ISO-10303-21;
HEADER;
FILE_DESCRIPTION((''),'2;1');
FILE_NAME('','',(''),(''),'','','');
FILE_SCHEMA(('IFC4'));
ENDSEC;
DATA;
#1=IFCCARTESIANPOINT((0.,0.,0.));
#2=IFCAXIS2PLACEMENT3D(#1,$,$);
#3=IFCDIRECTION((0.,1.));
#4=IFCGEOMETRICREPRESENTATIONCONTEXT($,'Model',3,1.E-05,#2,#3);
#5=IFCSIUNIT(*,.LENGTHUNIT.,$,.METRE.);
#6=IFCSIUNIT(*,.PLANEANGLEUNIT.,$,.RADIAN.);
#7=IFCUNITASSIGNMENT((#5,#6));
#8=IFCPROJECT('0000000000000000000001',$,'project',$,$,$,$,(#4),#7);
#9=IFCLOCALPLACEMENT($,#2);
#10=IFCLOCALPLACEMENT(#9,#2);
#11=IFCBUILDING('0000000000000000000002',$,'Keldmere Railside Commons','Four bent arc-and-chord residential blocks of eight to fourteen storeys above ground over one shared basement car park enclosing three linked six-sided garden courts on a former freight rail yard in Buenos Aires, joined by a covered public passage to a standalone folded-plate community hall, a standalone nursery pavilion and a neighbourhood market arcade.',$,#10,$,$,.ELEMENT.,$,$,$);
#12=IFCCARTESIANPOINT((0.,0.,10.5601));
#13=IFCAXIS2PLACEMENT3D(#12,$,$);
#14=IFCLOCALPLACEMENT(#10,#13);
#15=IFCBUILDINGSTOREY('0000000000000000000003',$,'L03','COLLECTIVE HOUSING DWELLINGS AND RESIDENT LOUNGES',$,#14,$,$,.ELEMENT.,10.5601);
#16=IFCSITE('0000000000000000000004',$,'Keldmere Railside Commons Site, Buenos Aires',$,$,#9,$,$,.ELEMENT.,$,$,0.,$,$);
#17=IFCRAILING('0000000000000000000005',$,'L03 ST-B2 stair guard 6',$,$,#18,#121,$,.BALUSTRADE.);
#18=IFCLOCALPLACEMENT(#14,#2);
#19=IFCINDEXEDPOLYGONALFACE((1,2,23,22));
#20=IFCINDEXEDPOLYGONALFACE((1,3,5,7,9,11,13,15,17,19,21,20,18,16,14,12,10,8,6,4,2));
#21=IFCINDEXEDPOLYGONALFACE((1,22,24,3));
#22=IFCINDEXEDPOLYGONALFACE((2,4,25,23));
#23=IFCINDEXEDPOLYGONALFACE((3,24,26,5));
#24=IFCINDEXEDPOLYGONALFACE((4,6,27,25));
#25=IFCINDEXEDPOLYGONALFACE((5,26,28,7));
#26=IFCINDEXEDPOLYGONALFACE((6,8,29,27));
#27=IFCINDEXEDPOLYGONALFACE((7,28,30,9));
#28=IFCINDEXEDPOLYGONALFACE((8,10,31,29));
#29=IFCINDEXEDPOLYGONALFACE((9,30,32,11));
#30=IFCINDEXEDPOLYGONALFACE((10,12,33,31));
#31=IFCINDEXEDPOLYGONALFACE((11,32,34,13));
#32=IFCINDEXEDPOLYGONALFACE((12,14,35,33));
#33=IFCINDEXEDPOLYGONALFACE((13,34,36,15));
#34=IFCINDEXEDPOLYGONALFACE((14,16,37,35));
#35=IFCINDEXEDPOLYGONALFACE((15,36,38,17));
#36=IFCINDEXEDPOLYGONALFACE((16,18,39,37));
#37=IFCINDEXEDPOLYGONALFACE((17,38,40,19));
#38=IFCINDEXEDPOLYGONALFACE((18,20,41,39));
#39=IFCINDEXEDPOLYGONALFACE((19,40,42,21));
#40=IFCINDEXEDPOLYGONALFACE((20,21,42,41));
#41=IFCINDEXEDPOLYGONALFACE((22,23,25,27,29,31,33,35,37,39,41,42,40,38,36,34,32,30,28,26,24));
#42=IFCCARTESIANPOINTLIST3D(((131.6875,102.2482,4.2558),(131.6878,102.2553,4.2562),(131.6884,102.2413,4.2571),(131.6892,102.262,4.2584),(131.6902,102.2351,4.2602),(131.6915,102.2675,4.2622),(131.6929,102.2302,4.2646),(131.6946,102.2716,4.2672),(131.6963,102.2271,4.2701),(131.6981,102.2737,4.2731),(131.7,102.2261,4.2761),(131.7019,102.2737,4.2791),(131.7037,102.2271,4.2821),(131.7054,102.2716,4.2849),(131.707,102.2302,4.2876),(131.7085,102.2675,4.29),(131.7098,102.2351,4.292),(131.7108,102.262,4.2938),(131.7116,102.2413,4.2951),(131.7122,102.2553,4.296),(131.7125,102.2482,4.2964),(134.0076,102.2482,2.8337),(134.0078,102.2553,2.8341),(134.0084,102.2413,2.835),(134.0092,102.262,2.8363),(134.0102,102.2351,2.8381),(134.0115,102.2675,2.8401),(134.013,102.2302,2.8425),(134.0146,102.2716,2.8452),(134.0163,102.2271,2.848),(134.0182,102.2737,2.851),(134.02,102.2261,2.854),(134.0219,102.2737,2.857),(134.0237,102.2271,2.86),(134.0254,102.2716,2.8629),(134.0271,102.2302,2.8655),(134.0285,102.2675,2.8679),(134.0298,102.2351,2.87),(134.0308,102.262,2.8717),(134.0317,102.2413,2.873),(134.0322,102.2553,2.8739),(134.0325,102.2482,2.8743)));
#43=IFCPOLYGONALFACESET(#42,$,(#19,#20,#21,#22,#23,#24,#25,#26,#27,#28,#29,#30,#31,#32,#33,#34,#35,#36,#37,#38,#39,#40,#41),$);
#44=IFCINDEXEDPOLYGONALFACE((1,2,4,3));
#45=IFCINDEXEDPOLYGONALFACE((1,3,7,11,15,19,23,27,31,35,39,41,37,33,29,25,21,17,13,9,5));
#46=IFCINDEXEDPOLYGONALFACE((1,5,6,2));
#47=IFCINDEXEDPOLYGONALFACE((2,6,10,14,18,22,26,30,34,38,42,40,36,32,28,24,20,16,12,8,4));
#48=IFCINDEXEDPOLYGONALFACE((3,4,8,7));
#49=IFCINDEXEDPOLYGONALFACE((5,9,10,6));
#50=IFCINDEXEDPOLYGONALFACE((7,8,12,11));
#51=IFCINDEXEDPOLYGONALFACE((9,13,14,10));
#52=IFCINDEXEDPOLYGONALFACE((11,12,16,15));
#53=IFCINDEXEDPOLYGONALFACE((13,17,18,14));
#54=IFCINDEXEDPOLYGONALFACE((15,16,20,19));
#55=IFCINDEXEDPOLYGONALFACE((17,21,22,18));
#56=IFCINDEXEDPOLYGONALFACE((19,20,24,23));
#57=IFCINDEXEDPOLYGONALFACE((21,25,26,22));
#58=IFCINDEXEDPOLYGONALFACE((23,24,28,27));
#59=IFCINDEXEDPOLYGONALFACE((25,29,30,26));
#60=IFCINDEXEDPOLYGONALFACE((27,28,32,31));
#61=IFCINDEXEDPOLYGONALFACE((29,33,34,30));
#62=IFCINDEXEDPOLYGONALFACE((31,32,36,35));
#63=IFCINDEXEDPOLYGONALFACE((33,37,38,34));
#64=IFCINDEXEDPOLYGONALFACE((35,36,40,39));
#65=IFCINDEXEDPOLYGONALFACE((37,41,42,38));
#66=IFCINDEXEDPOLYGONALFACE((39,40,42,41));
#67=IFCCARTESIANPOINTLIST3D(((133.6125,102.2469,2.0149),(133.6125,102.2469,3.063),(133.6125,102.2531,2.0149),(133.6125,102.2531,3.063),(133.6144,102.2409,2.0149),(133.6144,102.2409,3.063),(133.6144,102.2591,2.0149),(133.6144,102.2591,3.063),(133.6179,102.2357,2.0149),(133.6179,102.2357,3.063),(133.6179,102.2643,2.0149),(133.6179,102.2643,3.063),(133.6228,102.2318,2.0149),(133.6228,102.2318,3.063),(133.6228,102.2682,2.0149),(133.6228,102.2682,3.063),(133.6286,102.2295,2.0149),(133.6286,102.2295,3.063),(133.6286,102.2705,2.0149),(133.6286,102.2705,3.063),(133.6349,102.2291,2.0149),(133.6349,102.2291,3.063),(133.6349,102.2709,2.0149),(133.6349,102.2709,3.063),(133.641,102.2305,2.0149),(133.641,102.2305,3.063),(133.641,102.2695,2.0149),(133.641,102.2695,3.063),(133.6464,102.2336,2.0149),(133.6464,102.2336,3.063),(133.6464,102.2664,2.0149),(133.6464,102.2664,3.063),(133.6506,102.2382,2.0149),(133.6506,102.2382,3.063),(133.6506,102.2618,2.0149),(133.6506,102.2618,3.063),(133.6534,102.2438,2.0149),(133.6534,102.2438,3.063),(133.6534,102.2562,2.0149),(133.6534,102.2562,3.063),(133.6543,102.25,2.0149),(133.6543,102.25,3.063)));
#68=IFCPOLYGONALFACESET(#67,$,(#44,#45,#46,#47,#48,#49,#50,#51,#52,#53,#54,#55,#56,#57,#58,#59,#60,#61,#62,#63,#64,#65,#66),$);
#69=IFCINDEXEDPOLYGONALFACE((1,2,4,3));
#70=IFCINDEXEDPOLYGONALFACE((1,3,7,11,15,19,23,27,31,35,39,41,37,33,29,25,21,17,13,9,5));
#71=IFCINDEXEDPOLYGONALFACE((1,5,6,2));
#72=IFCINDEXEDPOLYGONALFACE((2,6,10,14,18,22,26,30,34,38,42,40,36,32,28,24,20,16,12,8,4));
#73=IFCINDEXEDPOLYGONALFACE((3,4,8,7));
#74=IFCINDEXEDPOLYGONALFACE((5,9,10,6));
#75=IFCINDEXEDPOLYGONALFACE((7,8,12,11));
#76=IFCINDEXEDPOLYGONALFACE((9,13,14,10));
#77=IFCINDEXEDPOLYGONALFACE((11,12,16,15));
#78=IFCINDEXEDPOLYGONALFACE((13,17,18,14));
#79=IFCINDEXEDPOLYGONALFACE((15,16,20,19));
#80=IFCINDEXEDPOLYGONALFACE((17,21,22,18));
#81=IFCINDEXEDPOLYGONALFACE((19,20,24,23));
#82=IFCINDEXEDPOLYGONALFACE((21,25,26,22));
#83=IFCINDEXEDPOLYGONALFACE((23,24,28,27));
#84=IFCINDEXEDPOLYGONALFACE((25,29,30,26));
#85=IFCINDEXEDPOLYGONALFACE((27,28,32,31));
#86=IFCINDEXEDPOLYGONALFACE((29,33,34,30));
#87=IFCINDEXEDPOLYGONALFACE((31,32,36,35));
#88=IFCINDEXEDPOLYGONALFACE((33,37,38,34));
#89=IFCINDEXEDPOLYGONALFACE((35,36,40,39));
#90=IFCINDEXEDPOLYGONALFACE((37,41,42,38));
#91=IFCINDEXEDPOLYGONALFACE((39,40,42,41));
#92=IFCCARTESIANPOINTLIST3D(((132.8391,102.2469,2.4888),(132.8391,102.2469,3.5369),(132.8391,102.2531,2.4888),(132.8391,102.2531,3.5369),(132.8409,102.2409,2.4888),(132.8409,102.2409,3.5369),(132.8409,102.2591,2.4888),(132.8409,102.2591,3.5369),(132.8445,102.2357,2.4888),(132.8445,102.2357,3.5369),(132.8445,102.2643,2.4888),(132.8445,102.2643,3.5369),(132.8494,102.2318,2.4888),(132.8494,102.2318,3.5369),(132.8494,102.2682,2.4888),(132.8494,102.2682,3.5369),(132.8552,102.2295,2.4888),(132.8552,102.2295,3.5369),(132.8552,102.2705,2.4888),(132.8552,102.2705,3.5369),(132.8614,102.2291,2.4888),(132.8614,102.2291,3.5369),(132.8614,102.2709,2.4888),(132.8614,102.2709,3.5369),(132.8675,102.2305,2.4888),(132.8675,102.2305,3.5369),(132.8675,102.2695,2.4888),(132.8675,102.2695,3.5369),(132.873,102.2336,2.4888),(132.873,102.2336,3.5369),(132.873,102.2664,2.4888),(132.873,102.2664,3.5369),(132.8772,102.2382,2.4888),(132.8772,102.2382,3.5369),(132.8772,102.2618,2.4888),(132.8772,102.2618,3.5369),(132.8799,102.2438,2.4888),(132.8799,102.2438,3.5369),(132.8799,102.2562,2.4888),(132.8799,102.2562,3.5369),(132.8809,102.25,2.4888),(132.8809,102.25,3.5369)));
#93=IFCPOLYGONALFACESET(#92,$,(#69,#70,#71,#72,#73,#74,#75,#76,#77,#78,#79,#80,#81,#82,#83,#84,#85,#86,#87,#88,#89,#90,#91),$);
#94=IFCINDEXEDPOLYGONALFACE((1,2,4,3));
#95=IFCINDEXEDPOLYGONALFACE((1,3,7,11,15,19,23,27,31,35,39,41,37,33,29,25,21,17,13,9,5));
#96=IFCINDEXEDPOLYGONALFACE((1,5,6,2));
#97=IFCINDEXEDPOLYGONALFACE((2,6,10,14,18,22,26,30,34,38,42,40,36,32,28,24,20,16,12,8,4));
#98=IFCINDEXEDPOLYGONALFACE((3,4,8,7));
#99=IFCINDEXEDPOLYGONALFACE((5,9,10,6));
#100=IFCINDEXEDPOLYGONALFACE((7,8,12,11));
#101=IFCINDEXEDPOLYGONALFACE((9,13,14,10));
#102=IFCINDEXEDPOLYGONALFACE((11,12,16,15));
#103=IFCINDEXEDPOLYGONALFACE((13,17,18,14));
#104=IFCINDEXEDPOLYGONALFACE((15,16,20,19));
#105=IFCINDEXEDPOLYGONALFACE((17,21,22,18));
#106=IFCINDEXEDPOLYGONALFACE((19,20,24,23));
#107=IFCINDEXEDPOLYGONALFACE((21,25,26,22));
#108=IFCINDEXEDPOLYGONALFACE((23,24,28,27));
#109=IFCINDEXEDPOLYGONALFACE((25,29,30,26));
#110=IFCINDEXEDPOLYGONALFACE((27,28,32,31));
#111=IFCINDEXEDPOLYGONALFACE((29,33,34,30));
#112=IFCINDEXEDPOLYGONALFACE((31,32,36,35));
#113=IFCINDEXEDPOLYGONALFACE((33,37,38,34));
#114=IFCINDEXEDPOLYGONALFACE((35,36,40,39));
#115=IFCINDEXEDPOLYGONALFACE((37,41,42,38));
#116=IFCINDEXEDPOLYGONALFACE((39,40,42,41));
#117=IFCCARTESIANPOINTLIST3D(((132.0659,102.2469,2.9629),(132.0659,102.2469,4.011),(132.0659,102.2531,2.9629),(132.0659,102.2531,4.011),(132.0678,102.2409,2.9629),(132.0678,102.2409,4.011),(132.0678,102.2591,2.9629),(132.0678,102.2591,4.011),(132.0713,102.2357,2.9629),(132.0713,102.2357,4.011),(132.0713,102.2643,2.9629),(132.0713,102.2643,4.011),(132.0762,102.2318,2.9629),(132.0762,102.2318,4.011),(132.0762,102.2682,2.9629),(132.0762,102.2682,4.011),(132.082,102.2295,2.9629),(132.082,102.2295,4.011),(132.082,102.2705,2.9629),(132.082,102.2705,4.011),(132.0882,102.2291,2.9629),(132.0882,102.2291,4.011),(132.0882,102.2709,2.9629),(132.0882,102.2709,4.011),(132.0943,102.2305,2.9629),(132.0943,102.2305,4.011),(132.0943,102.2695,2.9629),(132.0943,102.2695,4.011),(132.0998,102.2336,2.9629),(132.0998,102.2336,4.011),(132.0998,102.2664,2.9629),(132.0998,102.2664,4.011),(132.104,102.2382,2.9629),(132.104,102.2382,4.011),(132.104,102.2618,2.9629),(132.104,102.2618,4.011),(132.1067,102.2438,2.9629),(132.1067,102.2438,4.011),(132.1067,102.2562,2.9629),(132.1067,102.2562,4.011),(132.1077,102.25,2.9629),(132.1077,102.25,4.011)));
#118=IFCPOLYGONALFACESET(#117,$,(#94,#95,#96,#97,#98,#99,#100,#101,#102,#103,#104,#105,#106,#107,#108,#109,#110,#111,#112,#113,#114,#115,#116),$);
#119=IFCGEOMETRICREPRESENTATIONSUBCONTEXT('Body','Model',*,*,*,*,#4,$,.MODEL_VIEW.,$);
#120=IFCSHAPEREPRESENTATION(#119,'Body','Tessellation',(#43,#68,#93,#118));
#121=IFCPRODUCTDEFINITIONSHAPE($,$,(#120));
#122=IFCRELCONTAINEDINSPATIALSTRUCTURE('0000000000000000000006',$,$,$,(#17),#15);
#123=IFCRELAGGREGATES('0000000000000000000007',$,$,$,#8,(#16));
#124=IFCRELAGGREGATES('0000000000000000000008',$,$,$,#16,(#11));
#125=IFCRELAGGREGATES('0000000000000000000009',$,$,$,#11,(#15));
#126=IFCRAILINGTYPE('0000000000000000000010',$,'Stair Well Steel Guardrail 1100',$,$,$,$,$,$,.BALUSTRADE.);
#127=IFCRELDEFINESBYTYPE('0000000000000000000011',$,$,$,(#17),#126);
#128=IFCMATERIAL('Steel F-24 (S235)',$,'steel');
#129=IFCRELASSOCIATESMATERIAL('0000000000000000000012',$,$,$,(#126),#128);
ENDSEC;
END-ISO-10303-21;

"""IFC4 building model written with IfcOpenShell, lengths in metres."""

from ifc_helpers import new_model, si_unit, direction, frame, origin, origin_2d, place, context, subcontext, project, spatial, circle, extrude, material, type_object, element, save


model = new_model("IFC4")

# Units and contexts
model_context = context("Model", 3, precision=1e-05, world=origin(), true_north=direction((0.0, 1.0)))
body_context = subcontext(model_context, "Body", "Model", "MODEL_VIEW")
ifc_project = project(units=[si_unit("LENGTHUNIT", "METRE"), si_unit("PLANEANGLEUNIT", "RADIAN")], contexts=[model_context])

# Site, building, storey
site_placement = place(None, origin())
site = spatial("IfcSite", under=ifc_project, at=site_placement, Name="Keldmere Railside Commons Site, Buenos Aires", CompositionType="ELEMENT", RefElevation=0.0)
building_placement = place(site_placement, origin())
building = spatial("IfcBuilding", under=site, at=building_placement, Name="Keldmere Railside Commons", Description="Four bent arc-and-chord residential blocks of eight to fourteen storeys above ground over one shared basement car park enclosing three linked six-sided garden courts on a former freight rail yard in Buenos Aires, joined by a covered public passage to a standalone folded-plate community hall, a standalone nursery pavilion and a neighbourhood market arcade.", CompositionType="ELEMENT")
storey_placement = place(building_placement, frame((0.0, 0.0, 10.5601)))
storey = spatial("IfcBuildingStorey", under=building, at=storey_placement, Name="L03", Description="COLLECTIVE HOUSING DWELLINGS AND RESIDENT LOUNGES", CompositionType="ELEMENT", Elevation=10.5601)

# Shared definitions
ifc_material_1 = material(Name="Steel F-24 (S235)", Category="steel")

# Railing
railing_type_1 = type_object("IfcRailingType", Name="Stair Well Steel Guardrail 1100", PredefinedType="BALUSTRADE", material=ifc_material_1)
railing_1_placement = place(storey_placement, frame((134.02, 102.25, 1.7778)))
element("IfcRailing", 1, at=railing_1_placement, inside=storey, type_object=railing_type_1, Name="L03 ST-B2 stair guard 6", PredefinedType="BALUSTRADE", context=body_context, shape_type="SweptSolid", body=[
    extrude(circle(Radius=0.0239, at=origin_2d()), frame((0.0, 0.0, 1.0762), z_axis=(-0.852578, 0.0, 0.5226), x_axis=(0.0, -1.0, 0.0)), (0.0, 0.0, 1.0), 2.7212),
    extrude(circle(Radius=0.021, at=origin_2d()), frame((-0.3867, 0.0, 0.2371)), (0.0, 0.0, 1.0), 1.0481),
    extrude(circle(Radius=0.021, at=origin_2d()), frame((-1.1602, 0.0, 0.7109)), (0.0, 0.0, 1.0), 1.0481),
    extrude(circle(Radius=0.021, at=origin_2d()), frame((-1.9333, 0.0, 1.1851)), (0.0, 0.0, 1.0), 1.0481),
])

save(model, "model.ifc")
